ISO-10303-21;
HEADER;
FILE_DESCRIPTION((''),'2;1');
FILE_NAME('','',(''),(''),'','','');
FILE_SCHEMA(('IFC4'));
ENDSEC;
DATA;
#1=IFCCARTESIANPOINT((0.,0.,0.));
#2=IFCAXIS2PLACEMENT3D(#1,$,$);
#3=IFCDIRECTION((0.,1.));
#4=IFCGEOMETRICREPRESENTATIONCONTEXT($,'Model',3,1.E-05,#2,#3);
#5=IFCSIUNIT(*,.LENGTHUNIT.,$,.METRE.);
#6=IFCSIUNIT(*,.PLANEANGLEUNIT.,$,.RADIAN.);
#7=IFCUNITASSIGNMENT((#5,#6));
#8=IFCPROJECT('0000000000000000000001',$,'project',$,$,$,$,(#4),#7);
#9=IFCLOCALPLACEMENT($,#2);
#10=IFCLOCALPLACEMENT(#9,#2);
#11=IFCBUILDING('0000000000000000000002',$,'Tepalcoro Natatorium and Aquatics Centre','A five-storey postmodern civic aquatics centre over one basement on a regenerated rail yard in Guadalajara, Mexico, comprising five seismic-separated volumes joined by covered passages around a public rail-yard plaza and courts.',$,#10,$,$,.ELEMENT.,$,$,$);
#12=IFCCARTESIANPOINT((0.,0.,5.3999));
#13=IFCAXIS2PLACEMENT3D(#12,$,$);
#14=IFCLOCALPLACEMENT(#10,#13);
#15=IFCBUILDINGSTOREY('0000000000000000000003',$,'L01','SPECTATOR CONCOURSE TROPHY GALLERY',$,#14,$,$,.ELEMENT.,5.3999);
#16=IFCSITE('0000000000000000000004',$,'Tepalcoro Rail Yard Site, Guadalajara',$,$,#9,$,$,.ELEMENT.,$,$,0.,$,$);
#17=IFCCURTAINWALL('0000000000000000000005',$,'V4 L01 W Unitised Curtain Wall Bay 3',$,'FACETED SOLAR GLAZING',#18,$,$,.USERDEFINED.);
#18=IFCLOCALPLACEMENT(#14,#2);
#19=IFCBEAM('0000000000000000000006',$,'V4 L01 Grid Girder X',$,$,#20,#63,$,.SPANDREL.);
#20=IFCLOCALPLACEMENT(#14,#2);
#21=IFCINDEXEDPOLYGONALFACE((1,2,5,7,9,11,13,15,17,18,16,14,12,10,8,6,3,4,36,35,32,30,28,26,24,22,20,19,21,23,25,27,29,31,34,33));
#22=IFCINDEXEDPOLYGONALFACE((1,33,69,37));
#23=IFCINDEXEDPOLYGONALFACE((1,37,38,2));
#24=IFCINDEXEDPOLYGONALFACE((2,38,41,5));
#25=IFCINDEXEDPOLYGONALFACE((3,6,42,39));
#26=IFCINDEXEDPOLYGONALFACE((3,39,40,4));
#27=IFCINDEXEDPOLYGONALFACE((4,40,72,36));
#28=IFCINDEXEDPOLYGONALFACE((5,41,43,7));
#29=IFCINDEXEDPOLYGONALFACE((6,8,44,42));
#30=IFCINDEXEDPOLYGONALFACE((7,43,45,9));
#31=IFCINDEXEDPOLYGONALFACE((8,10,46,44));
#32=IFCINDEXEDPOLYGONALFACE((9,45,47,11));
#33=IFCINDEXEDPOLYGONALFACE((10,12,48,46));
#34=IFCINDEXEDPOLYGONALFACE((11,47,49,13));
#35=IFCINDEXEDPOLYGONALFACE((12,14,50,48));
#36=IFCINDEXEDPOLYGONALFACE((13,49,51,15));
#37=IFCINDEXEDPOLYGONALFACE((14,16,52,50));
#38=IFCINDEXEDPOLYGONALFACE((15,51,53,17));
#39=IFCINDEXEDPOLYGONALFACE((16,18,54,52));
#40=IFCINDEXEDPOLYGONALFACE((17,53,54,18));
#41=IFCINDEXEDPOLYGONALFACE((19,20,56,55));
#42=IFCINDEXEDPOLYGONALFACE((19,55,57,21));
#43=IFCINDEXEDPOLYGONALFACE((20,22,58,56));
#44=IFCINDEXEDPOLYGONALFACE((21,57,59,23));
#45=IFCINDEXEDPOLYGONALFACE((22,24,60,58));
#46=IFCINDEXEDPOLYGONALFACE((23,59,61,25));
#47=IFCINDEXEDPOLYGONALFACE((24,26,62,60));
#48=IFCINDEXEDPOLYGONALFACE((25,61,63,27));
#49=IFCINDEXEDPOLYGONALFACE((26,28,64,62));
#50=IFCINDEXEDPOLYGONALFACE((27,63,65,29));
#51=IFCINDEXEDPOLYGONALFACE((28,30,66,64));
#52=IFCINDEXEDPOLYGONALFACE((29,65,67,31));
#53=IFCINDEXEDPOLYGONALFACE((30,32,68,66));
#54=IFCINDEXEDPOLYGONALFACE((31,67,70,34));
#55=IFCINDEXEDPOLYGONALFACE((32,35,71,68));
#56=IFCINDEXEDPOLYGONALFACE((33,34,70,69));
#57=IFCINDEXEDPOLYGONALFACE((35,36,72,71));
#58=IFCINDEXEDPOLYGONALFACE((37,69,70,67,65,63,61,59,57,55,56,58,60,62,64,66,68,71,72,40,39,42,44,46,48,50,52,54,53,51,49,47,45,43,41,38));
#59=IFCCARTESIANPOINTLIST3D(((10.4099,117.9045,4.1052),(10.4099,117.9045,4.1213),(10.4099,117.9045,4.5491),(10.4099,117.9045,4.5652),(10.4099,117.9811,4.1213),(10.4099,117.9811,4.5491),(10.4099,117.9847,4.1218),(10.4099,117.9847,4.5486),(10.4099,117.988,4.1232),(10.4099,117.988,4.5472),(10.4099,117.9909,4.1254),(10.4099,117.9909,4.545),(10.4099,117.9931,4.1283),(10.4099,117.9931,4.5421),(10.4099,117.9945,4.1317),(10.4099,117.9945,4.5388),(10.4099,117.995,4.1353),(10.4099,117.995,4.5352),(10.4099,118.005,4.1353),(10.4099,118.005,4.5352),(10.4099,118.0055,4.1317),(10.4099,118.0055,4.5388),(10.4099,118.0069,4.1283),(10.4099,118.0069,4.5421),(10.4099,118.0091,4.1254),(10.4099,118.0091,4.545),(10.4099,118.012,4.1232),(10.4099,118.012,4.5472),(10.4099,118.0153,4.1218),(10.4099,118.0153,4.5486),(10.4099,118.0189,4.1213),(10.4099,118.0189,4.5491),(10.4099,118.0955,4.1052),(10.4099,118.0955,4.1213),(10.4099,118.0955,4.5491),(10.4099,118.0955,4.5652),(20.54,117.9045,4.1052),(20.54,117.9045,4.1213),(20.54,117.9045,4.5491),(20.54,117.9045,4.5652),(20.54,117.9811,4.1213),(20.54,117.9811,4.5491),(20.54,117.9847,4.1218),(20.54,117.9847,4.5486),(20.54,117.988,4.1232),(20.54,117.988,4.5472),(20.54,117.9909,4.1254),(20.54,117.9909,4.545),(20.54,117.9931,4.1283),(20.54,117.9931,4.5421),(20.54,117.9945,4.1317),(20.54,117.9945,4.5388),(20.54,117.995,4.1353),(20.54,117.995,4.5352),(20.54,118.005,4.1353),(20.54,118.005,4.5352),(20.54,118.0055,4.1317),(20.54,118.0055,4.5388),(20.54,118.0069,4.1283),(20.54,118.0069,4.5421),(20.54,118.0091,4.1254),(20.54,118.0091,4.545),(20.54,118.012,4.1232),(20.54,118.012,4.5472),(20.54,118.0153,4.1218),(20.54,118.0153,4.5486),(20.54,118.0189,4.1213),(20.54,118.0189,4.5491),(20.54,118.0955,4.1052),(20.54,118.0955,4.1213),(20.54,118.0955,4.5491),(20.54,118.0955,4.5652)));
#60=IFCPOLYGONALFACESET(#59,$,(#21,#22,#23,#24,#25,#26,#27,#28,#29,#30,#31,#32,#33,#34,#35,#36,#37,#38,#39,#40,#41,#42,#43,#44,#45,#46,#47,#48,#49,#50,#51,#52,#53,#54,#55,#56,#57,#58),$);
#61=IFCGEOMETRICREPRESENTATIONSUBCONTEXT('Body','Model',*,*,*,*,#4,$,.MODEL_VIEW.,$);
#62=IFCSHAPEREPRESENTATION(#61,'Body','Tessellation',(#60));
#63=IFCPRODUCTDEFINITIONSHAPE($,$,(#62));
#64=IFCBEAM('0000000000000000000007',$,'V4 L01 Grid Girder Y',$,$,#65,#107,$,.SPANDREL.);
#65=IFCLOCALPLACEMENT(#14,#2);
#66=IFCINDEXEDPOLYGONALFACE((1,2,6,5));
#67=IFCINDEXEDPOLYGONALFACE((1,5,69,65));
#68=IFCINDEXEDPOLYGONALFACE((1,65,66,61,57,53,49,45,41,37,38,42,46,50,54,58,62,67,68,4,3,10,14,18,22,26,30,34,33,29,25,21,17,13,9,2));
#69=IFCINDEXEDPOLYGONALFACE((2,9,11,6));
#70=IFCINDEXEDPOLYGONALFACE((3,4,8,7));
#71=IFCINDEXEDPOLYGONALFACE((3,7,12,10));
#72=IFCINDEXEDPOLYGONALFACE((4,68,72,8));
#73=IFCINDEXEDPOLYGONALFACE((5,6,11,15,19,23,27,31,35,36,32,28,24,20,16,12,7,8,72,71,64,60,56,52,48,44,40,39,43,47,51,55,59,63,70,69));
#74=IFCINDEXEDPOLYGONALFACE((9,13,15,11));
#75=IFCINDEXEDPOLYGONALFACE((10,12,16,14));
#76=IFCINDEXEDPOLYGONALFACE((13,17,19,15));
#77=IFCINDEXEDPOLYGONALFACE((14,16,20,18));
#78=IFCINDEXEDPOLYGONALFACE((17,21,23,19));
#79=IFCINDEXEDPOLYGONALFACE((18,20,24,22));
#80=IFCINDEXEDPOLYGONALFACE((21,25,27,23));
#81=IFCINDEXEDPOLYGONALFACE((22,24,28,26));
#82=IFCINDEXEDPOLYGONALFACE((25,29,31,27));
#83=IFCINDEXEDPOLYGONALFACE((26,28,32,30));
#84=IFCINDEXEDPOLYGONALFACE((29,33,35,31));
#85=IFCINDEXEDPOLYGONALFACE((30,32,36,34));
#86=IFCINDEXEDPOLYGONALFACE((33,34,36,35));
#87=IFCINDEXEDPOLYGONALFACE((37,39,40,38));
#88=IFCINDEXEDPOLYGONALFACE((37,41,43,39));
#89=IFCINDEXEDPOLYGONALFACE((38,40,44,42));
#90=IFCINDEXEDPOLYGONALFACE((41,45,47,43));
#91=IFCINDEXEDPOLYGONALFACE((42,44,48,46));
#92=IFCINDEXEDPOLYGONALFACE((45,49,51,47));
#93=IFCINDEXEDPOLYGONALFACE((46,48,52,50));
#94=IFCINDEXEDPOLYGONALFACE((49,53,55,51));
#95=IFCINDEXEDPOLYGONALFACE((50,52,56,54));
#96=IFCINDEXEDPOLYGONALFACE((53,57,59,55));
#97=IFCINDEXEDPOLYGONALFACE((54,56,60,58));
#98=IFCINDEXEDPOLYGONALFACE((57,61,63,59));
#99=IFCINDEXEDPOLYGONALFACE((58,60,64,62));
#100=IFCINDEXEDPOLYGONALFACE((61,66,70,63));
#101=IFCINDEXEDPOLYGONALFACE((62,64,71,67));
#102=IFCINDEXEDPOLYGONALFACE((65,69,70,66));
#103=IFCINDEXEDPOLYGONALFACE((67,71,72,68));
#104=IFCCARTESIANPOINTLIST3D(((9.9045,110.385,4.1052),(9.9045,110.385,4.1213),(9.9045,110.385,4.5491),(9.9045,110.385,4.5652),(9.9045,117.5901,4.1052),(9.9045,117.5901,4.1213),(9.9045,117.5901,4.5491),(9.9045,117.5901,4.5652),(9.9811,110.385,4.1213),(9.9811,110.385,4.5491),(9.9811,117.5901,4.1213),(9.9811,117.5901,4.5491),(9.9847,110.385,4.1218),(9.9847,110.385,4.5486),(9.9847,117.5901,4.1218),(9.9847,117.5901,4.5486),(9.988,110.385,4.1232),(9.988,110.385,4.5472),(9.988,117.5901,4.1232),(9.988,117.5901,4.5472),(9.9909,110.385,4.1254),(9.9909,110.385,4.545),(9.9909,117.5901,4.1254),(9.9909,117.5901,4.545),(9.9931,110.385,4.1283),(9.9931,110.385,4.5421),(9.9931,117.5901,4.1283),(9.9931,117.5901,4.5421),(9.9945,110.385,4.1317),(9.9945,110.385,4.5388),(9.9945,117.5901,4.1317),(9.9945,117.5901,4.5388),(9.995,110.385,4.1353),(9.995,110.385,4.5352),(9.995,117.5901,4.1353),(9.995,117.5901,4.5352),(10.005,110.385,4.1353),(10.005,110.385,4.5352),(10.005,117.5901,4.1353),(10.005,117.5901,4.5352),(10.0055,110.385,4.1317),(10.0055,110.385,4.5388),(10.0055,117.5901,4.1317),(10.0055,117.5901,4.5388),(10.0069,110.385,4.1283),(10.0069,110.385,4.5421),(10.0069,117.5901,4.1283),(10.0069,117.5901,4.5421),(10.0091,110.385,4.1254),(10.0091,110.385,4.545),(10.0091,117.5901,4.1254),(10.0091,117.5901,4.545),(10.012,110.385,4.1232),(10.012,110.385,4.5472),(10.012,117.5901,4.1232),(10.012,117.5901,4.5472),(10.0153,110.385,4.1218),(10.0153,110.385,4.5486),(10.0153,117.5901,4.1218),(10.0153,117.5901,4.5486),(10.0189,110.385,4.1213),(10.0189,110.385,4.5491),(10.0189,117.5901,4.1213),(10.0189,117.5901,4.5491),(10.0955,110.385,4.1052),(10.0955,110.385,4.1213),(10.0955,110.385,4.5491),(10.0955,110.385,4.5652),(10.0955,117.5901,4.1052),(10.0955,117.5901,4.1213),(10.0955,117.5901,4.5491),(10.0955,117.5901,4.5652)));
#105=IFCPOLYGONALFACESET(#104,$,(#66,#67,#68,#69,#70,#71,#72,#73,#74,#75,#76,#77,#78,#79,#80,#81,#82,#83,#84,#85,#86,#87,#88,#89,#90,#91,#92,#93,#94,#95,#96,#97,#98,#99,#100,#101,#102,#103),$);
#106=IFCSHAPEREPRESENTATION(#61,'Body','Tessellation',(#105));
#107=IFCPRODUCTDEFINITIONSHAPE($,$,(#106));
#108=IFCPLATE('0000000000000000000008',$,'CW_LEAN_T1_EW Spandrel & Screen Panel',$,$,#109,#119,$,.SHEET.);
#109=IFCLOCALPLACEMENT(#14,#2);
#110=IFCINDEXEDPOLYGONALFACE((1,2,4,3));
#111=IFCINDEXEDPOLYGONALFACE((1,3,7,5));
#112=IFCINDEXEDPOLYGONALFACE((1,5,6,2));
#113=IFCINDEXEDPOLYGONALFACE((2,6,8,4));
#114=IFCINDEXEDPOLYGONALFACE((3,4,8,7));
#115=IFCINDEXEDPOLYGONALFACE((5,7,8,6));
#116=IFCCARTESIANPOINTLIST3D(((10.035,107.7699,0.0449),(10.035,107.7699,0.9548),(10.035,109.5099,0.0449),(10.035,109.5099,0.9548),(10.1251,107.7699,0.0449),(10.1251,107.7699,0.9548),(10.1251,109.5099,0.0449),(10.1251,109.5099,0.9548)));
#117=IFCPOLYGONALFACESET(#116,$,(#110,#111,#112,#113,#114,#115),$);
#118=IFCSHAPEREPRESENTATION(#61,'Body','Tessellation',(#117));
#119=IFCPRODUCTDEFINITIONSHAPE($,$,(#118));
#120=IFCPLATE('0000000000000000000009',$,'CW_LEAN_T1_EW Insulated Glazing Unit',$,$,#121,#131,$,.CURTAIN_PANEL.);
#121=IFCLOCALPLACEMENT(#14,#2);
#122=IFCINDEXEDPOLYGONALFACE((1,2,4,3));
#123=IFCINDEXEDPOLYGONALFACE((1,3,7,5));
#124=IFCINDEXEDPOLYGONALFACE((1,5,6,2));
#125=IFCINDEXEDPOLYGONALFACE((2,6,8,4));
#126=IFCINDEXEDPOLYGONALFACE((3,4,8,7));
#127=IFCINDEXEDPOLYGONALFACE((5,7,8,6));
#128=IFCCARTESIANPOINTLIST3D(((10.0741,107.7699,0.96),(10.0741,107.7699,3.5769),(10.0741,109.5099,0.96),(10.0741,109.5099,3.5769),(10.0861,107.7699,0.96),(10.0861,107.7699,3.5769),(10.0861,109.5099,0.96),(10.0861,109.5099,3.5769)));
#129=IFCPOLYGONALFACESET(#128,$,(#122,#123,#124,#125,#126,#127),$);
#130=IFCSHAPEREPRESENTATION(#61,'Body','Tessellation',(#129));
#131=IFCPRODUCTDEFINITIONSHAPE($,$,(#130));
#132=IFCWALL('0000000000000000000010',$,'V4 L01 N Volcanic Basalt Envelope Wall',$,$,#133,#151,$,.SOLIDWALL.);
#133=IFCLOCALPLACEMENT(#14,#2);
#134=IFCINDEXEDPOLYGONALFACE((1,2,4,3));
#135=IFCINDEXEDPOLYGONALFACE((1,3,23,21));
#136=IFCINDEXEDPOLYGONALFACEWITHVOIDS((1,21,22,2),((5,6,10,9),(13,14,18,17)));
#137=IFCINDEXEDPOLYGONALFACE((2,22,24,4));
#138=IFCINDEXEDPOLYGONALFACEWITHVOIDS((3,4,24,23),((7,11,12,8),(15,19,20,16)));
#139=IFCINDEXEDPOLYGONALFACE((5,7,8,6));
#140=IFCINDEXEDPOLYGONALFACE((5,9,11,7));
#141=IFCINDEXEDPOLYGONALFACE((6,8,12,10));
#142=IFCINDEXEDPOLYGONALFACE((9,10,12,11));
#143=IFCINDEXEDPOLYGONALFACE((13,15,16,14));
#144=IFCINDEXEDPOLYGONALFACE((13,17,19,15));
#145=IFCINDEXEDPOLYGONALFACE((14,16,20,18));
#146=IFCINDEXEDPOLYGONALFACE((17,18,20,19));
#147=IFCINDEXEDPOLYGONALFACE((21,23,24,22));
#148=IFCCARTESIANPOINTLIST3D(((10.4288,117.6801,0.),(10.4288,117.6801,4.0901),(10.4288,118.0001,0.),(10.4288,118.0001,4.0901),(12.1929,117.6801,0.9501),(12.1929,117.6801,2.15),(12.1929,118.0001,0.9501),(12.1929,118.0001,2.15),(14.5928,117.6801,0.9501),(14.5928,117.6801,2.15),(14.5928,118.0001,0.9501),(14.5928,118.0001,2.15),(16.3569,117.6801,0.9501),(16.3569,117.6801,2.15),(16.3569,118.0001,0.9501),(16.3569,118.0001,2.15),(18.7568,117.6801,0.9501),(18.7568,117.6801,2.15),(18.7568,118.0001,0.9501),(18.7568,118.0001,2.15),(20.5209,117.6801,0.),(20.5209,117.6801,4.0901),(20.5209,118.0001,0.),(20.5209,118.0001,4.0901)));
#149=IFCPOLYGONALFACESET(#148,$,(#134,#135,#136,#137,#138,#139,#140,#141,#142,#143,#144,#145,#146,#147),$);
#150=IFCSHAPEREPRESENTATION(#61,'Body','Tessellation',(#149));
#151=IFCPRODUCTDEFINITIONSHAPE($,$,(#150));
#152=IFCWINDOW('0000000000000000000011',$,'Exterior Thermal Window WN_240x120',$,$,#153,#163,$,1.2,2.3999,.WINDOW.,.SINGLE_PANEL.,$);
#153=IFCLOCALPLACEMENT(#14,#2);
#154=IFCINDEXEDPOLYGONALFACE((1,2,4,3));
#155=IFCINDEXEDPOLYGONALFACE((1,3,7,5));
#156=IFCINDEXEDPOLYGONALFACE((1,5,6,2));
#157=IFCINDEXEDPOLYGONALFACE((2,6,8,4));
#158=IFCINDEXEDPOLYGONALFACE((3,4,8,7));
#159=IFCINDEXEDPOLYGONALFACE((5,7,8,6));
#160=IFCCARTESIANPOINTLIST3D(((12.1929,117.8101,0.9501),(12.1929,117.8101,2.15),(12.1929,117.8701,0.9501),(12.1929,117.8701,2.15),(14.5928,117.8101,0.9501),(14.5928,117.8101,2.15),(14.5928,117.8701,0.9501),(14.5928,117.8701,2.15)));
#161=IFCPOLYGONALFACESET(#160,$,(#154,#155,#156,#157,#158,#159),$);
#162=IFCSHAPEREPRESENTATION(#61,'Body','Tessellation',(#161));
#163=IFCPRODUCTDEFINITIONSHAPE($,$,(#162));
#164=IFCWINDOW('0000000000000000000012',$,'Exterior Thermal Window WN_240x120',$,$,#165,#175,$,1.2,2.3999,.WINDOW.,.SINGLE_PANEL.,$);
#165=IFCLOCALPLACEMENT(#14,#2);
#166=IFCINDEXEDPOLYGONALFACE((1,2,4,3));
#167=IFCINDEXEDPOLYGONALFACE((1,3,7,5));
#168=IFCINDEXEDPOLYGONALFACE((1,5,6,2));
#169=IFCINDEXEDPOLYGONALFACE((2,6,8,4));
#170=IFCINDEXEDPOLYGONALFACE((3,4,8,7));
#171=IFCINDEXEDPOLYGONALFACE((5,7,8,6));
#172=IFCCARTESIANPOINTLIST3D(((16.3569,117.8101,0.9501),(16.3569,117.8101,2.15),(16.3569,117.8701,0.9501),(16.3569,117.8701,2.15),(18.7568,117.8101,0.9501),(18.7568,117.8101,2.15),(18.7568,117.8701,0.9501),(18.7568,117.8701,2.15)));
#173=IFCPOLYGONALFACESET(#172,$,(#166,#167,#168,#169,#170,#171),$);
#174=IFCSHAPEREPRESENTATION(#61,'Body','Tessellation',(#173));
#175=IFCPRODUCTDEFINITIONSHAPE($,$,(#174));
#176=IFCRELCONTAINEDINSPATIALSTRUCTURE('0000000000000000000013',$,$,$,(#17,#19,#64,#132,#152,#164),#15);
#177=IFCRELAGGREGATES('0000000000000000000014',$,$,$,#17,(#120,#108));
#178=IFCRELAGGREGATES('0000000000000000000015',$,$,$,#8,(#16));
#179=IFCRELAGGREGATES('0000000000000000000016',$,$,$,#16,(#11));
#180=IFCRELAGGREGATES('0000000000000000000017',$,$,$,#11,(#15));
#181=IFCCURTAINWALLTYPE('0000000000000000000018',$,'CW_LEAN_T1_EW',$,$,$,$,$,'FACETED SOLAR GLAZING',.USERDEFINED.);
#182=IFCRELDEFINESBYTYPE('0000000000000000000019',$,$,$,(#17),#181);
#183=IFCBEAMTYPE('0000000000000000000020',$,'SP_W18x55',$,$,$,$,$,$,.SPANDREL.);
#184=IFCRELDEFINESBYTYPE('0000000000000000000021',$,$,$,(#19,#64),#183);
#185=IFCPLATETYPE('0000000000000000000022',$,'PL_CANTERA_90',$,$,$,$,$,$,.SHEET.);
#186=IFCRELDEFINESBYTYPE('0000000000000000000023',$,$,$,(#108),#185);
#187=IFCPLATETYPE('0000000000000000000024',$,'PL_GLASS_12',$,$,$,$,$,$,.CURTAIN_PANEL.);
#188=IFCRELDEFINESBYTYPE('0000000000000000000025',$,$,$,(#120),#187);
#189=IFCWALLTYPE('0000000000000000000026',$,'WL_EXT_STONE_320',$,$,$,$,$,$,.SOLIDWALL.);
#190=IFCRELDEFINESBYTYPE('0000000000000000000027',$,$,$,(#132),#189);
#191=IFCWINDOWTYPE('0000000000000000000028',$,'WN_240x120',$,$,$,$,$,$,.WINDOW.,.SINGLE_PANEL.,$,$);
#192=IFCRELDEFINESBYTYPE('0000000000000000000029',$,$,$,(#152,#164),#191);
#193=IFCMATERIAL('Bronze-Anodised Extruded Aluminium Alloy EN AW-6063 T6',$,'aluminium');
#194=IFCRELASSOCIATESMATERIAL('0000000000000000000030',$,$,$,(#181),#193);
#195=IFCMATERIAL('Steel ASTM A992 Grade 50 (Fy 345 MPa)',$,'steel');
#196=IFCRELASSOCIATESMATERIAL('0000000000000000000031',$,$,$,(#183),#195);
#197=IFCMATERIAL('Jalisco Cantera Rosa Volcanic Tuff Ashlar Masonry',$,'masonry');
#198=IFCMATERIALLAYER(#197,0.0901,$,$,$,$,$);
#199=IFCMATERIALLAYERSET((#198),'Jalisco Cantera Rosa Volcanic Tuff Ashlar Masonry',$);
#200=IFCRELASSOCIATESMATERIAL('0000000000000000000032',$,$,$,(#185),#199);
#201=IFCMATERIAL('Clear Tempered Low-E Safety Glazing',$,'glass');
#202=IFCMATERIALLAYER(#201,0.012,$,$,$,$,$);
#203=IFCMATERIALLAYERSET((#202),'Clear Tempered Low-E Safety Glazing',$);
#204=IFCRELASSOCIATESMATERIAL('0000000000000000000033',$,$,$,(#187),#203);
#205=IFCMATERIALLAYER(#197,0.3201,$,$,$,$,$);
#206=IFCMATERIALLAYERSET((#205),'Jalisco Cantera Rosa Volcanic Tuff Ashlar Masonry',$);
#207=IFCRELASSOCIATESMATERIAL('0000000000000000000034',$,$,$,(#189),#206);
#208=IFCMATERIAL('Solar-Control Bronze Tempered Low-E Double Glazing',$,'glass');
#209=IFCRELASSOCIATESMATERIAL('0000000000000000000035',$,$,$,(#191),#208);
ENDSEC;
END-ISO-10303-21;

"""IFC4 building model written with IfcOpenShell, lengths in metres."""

from ifc_helpers import new_model, si_unit, direction, frame, frame_2d, origin, origin_2d, place, context, subcontext, project, spatial, rectangle, i_section, extrude, material, layer, layer_set, material_profile, profile_set, type_object, element, fill, aggregate, save


model = new_model("IFC4")

# Units and contexts
model_context = context("Model", 3, precision=1e-05, world=origin(), true_north=direction((0.0, 1.0)))
body_context = subcontext(model_context, "Body", "Model", "MODEL_VIEW")
ifc_project = project(units=[si_unit("LENGTHUNIT", "METRE"), si_unit("PLANEANGLEUNIT", "RADIAN")], contexts=[model_context])

# Site, building, storey
site_placement = place(None, origin())
site = spatial("IfcSite", under=ifc_project, at=site_placement, Name="Tepalcoro Rail Yard Site, Guadalajara", CompositionType="ELEMENT", RefElevation=0.0)
building_placement = place(site_placement, origin())
building = spatial("IfcBuilding", under=site, at=building_placement, Name="Tepalcoro Natatorium and Aquatics Centre", Description="A five-storey postmodern civic aquatics centre over one basement on a regenerated rail yard in Guadalajara, Mexico, comprising five seismic-separated volumes joined by covered passages around a public rail-yard plaza and courts.", CompositionType="ELEMENT")
storey_placement = place(building_placement, frame((0.0, 0.0, 5.3999)))
storey = spatial("IfcBuildingStorey", under=building, at=storey_placement, Name="L01", Description="SPECTATOR CONCOURSE TROPHY GALLERY", CompositionType="ELEMENT", Elevation=5.3999)

# Shared definitions
ifc_material_1 = material(Name="Steel ASTM A992 Grade 50 (Fy 345 MPa)", Category="steel")

# Curtain wall
ifc_material_2 = material(Name="Bronze-Anodised Extruded Aluminium Alloy EN AW-6063 T6", Category="aluminium")
curtain_wall_type = type_object("IfcCurtainWallType", Name="CW_LEAN_T1_EW", ElementType="FACETED SOLAR GLAZING", PredefinedType="USERDEFINED", material=ifc_material_2)
curtain_wall_placement = place(storey_placement, origin())
curtain_wall = element("IfcCurtainWall", 1, at=curtain_wall_placement, inside=storey, type_object=curtain_wall_type, Name="V4 L01 W Unitised Curtain Wall Bay 3", ObjectType="FACETED SOLAR GLAZING", PredefinedType="USERDEFINED")

# Beams
ifc_material_profile_1 = material_profile(ifc_material_1, i_section(OverallWidth=0.1909, OverallDepth=0.46, WebThickness=0.01, FlangeThickness=0.0161, FilletRadius=0.0139, at=origin_2d()), Name="W18X55")
ifc_profile_set_1 = profile_set([ifc_material_profile_1], Name="Steel ASTM A992 Grade 50 (Fy 345 MPa)")
beam_type_1 = type_object("IfcBeamType", Name="SP_W18x55", PredefinedType="SPANDREL", material=ifc_profile_set_1)
beam_1_placement = place(storey_placement, frame((10.4099, 118.0, 4.3352), z_axis=(1.0, 0.0, 0.0), x_axis=(0.0, 1.0, 0.0)))
element("IfcBeam", 2, at=beam_1_placement, inside=storey, type_object=beam_type_1, Name="V4 L01 Grid Girder X", PredefinedType="SPANDREL", context=body_context, shape_type="SweptSolid", body=[
    extrude(i_section(OverallWidth=0.1909, OverallDepth=0.46, WebThickness=0.01, FlangeThickness=0.0161, FilletRadius=0.0139, at=origin_2d()), origin(), (0.0, 0.0, 1.0), 10.1301),
])
beam_2_placement = place(storey_placement, frame((10.0, 110.385, 4.3352), z_axis=(0.0, 1.0, 0.0), x_axis=(-1.0, 0.0, 0.0)))
element("IfcBeam", 3, at=beam_2_placement, inside=storey, type_object=beam_type_1, Name="V4 L01 Grid Girder Y", PredefinedType="SPANDREL", context=body_context, shape_type="SweptSolid", body=[
    extrude(i_section(OverallWidth=0.1909, OverallDepth=0.46, WebThickness=0.01, FlangeThickness=0.0161, FilletRadius=0.0139, at=origin_2d()), origin(), (0.0, 0.0, 1.0), 7.2051),
])

# Plates
ifc_material_3 = material(Name="Jalisco Cantera Rosa Volcanic Tuff Ashlar Masonry", Category="masonry")
ifc_layer_1 = layer(ifc_material_3, 0.0901)
ifc_layer_set_1 = layer_set([ifc_layer_1], Name="Jalisco Cantera Rosa Volcanic Tuff Ashlar Masonry")
plate_type_1 = type_object("IfcPlateType", Name="PL_CANTERA_90", PredefinedType="SHEET", material=ifc_layer_set_1)
plate_1_placement = place(storey_placement, frame((10.0801, 108.6399, 0.0449), z_axis=(0.0, 0.0, 1.0), x_axis=(1.0, 0.0, 0.0)))
plate_1 = element("IfcPlate", 4, at=plate_1_placement, type_object=plate_type_1, Name="CW_LEAN_T1_EW Spandrel & Screen Panel", PredefinedType="SHEET", context=body_context, shape_type="SweptSolid", body=[
    extrude(rectangle(XDim=0.0901, YDim=1.74, at=origin_2d()), origin(), (0.0, 0.0, 1.0), 0.9099),
])
ifc_material_4 = material(Name="Clear Tempered Low-E Safety Glazing", Category="glass")
ifc_layer_2 = layer(ifc_material_4, 0.012)
ifc_layer_set_2 = layer_set([ifc_layer_2], Name="Clear Tempered Low-E Safety Glazing")
plate_type_2 = type_object("IfcPlateType", Name="PL_GLASS_12", PredefinedType="CURTAIN_PANEL", material=ifc_layer_set_2)
plate_2_placement = place(storey_placement, frame((10.0801, 108.6399, 0.96), z_axis=(0.0, 0.0, 1.0), x_axis=(1.0, 0.0, 0.0)))
plate_2 = element("IfcPlate", 5, at=plate_2_placement, type_object=plate_type_2, Name="CW_LEAN_T1_EW Insulated Glazing Unit", PredefinedType="CURTAIN_PANEL", context=body_context, shape_type="SweptSolid", body=[
    extrude(rectangle(XDim=0.012, YDim=1.74, at=origin_2d()), origin(), (0.0, 0.0, 1.0), 2.6169),
])
aggregate(curtain_wall, [plate_2, plate_1])

# Wall, openings, windows
ifc_layer_3 = layer(ifc_material_3, 0.3201)
ifc_layer_set_3 = layer_set([ifc_layer_3], Name="Jalisco Cantera Rosa Volcanic Tuff Ashlar Masonry")
wall_type_1 = type_object("IfcWallType", Name="WL_EXT_STONE_320", PredefinedType="SOLIDWALL", material=ifc_layer_set_3)
wall_1_placement = place(storey_placement, frame((10.429, 117.8401, 0.0), z_axis=(0.0, 0.0, 1.0), x_axis=(1.0, 0.0, 0.0)))
wall_1 = element("IfcWall", 6, at=wall_1_placement, inside=storey, type_object=wall_type_1, Name="V4 L01 N Volcanic Basalt Envelope Wall", PredefinedType="SOLIDWALL", context=body_context, shape_type="SweptSolid", body=[
    extrude(rectangle(XDim=10.092, YDim=0.3201, at=frame_2d((5.0459, 0.0))), origin(), (0.0, 0.0, 1.0), 4.0901),
])
opening_1_placement = place(wall_1_placement, frame((1.7639, 0.0, 0.95)))
opening_1 = element("IfcOpeningElement", 7, at=opening_1_placement, cuts=wall_1, PredefinedType="OPENING", context=body_context, shape_type="SweptSolid", body=[
    extrude(rectangle(XDim=2.3999, YDim=1.2, at=frame_2d((1.2, 0.6001))), frame((0.0, 0.1719, 0.0), z_axis=(0.0, -1.0, 0.0), x_axis=(1.0, 0.0, 0.0)), (0.0, 0.0, 1.0), 0.344),
])
opening_2_placement = place(wall_1_placement, frame((5.928, 0.0, 0.95)))
opening_2 = element("IfcOpeningElement", 8, at=opening_2_placement, cuts=wall_1, PredefinedType="OPENING", context=body_context, shape_type="SweptSolid", body=[
    extrude(rectangle(XDim=2.3999, YDim=1.2, at=frame_2d((1.2, 0.6001))), frame((0.0, 0.1719, 0.0), z_axis=(0.0, -1.0, 0.0), x_axis=(1.0, 0.0, 0.0)), (0.0, 0.0, 1.0), 0.344),
])
ifc_material_5 = material(Name="Solar-Control Bronze Tempered Low-E Double Glazing", Category="glass")
window_type_1 = type_object("IfcWindowType", Name="WN_240x120", PartitioningType="SINGLE_PANEL", PredefinedType="WINDOW", material=ifc_material_5)
window_1_placement = place(opening_1_placement, origin())
window_1 = element("IfcWindow", 9, at=window_1_placement, inside=storey, type_object=window_type_1, Name="Exterior Thermal Window WN_240x120", OverallHeight=1.2, OverallWidth=2.3999, PartitioningType="SINGLE_PANEL", PredefinedType="WINDOW", context=body_context, shape_type="SweptSolid", body=[
    extrude(rectangle(XDim=2.3999, YDim=1.2, at=frame_2d((1.2, 0.6001))), frame((0.0, 0.03, 0.0), z_axis=(0.0, -1.0, 0.0), x_axis=(1.0, 0.0, 0.0)), (0.0, 0.0, 1.0), 0.0601),
])
fill(opening_1, window_1)
window_2_placement = place(opening_2_placement, origin())
window_2 = element("IfcWindow", 10, at=window_2_placement, inside=storey, type_object=window_type_1, Name="Exterior Thermal Window WN_240x120", OverallHeight=1.2, OverallWidth=2.3999, PartitioningType="SINGLE_PANEL", PredefinedType="WINDOW", context=body_context, shape_type="SweptSolid", body=[
    extrude(rectangle(XDim=2.3999, YDim=1.2, at=frame_2d((1.2, 0.6001))), frame((0.0, 0.03, 0.0), z_axis=(0.0, -1.0, 0.0), x_axis=(1.0, 0.0, 0.0)), (0.0, 0.0, 1.0), 0.0601),
])
fill(opening_2, window_2)

save(model, "model.ifc")
